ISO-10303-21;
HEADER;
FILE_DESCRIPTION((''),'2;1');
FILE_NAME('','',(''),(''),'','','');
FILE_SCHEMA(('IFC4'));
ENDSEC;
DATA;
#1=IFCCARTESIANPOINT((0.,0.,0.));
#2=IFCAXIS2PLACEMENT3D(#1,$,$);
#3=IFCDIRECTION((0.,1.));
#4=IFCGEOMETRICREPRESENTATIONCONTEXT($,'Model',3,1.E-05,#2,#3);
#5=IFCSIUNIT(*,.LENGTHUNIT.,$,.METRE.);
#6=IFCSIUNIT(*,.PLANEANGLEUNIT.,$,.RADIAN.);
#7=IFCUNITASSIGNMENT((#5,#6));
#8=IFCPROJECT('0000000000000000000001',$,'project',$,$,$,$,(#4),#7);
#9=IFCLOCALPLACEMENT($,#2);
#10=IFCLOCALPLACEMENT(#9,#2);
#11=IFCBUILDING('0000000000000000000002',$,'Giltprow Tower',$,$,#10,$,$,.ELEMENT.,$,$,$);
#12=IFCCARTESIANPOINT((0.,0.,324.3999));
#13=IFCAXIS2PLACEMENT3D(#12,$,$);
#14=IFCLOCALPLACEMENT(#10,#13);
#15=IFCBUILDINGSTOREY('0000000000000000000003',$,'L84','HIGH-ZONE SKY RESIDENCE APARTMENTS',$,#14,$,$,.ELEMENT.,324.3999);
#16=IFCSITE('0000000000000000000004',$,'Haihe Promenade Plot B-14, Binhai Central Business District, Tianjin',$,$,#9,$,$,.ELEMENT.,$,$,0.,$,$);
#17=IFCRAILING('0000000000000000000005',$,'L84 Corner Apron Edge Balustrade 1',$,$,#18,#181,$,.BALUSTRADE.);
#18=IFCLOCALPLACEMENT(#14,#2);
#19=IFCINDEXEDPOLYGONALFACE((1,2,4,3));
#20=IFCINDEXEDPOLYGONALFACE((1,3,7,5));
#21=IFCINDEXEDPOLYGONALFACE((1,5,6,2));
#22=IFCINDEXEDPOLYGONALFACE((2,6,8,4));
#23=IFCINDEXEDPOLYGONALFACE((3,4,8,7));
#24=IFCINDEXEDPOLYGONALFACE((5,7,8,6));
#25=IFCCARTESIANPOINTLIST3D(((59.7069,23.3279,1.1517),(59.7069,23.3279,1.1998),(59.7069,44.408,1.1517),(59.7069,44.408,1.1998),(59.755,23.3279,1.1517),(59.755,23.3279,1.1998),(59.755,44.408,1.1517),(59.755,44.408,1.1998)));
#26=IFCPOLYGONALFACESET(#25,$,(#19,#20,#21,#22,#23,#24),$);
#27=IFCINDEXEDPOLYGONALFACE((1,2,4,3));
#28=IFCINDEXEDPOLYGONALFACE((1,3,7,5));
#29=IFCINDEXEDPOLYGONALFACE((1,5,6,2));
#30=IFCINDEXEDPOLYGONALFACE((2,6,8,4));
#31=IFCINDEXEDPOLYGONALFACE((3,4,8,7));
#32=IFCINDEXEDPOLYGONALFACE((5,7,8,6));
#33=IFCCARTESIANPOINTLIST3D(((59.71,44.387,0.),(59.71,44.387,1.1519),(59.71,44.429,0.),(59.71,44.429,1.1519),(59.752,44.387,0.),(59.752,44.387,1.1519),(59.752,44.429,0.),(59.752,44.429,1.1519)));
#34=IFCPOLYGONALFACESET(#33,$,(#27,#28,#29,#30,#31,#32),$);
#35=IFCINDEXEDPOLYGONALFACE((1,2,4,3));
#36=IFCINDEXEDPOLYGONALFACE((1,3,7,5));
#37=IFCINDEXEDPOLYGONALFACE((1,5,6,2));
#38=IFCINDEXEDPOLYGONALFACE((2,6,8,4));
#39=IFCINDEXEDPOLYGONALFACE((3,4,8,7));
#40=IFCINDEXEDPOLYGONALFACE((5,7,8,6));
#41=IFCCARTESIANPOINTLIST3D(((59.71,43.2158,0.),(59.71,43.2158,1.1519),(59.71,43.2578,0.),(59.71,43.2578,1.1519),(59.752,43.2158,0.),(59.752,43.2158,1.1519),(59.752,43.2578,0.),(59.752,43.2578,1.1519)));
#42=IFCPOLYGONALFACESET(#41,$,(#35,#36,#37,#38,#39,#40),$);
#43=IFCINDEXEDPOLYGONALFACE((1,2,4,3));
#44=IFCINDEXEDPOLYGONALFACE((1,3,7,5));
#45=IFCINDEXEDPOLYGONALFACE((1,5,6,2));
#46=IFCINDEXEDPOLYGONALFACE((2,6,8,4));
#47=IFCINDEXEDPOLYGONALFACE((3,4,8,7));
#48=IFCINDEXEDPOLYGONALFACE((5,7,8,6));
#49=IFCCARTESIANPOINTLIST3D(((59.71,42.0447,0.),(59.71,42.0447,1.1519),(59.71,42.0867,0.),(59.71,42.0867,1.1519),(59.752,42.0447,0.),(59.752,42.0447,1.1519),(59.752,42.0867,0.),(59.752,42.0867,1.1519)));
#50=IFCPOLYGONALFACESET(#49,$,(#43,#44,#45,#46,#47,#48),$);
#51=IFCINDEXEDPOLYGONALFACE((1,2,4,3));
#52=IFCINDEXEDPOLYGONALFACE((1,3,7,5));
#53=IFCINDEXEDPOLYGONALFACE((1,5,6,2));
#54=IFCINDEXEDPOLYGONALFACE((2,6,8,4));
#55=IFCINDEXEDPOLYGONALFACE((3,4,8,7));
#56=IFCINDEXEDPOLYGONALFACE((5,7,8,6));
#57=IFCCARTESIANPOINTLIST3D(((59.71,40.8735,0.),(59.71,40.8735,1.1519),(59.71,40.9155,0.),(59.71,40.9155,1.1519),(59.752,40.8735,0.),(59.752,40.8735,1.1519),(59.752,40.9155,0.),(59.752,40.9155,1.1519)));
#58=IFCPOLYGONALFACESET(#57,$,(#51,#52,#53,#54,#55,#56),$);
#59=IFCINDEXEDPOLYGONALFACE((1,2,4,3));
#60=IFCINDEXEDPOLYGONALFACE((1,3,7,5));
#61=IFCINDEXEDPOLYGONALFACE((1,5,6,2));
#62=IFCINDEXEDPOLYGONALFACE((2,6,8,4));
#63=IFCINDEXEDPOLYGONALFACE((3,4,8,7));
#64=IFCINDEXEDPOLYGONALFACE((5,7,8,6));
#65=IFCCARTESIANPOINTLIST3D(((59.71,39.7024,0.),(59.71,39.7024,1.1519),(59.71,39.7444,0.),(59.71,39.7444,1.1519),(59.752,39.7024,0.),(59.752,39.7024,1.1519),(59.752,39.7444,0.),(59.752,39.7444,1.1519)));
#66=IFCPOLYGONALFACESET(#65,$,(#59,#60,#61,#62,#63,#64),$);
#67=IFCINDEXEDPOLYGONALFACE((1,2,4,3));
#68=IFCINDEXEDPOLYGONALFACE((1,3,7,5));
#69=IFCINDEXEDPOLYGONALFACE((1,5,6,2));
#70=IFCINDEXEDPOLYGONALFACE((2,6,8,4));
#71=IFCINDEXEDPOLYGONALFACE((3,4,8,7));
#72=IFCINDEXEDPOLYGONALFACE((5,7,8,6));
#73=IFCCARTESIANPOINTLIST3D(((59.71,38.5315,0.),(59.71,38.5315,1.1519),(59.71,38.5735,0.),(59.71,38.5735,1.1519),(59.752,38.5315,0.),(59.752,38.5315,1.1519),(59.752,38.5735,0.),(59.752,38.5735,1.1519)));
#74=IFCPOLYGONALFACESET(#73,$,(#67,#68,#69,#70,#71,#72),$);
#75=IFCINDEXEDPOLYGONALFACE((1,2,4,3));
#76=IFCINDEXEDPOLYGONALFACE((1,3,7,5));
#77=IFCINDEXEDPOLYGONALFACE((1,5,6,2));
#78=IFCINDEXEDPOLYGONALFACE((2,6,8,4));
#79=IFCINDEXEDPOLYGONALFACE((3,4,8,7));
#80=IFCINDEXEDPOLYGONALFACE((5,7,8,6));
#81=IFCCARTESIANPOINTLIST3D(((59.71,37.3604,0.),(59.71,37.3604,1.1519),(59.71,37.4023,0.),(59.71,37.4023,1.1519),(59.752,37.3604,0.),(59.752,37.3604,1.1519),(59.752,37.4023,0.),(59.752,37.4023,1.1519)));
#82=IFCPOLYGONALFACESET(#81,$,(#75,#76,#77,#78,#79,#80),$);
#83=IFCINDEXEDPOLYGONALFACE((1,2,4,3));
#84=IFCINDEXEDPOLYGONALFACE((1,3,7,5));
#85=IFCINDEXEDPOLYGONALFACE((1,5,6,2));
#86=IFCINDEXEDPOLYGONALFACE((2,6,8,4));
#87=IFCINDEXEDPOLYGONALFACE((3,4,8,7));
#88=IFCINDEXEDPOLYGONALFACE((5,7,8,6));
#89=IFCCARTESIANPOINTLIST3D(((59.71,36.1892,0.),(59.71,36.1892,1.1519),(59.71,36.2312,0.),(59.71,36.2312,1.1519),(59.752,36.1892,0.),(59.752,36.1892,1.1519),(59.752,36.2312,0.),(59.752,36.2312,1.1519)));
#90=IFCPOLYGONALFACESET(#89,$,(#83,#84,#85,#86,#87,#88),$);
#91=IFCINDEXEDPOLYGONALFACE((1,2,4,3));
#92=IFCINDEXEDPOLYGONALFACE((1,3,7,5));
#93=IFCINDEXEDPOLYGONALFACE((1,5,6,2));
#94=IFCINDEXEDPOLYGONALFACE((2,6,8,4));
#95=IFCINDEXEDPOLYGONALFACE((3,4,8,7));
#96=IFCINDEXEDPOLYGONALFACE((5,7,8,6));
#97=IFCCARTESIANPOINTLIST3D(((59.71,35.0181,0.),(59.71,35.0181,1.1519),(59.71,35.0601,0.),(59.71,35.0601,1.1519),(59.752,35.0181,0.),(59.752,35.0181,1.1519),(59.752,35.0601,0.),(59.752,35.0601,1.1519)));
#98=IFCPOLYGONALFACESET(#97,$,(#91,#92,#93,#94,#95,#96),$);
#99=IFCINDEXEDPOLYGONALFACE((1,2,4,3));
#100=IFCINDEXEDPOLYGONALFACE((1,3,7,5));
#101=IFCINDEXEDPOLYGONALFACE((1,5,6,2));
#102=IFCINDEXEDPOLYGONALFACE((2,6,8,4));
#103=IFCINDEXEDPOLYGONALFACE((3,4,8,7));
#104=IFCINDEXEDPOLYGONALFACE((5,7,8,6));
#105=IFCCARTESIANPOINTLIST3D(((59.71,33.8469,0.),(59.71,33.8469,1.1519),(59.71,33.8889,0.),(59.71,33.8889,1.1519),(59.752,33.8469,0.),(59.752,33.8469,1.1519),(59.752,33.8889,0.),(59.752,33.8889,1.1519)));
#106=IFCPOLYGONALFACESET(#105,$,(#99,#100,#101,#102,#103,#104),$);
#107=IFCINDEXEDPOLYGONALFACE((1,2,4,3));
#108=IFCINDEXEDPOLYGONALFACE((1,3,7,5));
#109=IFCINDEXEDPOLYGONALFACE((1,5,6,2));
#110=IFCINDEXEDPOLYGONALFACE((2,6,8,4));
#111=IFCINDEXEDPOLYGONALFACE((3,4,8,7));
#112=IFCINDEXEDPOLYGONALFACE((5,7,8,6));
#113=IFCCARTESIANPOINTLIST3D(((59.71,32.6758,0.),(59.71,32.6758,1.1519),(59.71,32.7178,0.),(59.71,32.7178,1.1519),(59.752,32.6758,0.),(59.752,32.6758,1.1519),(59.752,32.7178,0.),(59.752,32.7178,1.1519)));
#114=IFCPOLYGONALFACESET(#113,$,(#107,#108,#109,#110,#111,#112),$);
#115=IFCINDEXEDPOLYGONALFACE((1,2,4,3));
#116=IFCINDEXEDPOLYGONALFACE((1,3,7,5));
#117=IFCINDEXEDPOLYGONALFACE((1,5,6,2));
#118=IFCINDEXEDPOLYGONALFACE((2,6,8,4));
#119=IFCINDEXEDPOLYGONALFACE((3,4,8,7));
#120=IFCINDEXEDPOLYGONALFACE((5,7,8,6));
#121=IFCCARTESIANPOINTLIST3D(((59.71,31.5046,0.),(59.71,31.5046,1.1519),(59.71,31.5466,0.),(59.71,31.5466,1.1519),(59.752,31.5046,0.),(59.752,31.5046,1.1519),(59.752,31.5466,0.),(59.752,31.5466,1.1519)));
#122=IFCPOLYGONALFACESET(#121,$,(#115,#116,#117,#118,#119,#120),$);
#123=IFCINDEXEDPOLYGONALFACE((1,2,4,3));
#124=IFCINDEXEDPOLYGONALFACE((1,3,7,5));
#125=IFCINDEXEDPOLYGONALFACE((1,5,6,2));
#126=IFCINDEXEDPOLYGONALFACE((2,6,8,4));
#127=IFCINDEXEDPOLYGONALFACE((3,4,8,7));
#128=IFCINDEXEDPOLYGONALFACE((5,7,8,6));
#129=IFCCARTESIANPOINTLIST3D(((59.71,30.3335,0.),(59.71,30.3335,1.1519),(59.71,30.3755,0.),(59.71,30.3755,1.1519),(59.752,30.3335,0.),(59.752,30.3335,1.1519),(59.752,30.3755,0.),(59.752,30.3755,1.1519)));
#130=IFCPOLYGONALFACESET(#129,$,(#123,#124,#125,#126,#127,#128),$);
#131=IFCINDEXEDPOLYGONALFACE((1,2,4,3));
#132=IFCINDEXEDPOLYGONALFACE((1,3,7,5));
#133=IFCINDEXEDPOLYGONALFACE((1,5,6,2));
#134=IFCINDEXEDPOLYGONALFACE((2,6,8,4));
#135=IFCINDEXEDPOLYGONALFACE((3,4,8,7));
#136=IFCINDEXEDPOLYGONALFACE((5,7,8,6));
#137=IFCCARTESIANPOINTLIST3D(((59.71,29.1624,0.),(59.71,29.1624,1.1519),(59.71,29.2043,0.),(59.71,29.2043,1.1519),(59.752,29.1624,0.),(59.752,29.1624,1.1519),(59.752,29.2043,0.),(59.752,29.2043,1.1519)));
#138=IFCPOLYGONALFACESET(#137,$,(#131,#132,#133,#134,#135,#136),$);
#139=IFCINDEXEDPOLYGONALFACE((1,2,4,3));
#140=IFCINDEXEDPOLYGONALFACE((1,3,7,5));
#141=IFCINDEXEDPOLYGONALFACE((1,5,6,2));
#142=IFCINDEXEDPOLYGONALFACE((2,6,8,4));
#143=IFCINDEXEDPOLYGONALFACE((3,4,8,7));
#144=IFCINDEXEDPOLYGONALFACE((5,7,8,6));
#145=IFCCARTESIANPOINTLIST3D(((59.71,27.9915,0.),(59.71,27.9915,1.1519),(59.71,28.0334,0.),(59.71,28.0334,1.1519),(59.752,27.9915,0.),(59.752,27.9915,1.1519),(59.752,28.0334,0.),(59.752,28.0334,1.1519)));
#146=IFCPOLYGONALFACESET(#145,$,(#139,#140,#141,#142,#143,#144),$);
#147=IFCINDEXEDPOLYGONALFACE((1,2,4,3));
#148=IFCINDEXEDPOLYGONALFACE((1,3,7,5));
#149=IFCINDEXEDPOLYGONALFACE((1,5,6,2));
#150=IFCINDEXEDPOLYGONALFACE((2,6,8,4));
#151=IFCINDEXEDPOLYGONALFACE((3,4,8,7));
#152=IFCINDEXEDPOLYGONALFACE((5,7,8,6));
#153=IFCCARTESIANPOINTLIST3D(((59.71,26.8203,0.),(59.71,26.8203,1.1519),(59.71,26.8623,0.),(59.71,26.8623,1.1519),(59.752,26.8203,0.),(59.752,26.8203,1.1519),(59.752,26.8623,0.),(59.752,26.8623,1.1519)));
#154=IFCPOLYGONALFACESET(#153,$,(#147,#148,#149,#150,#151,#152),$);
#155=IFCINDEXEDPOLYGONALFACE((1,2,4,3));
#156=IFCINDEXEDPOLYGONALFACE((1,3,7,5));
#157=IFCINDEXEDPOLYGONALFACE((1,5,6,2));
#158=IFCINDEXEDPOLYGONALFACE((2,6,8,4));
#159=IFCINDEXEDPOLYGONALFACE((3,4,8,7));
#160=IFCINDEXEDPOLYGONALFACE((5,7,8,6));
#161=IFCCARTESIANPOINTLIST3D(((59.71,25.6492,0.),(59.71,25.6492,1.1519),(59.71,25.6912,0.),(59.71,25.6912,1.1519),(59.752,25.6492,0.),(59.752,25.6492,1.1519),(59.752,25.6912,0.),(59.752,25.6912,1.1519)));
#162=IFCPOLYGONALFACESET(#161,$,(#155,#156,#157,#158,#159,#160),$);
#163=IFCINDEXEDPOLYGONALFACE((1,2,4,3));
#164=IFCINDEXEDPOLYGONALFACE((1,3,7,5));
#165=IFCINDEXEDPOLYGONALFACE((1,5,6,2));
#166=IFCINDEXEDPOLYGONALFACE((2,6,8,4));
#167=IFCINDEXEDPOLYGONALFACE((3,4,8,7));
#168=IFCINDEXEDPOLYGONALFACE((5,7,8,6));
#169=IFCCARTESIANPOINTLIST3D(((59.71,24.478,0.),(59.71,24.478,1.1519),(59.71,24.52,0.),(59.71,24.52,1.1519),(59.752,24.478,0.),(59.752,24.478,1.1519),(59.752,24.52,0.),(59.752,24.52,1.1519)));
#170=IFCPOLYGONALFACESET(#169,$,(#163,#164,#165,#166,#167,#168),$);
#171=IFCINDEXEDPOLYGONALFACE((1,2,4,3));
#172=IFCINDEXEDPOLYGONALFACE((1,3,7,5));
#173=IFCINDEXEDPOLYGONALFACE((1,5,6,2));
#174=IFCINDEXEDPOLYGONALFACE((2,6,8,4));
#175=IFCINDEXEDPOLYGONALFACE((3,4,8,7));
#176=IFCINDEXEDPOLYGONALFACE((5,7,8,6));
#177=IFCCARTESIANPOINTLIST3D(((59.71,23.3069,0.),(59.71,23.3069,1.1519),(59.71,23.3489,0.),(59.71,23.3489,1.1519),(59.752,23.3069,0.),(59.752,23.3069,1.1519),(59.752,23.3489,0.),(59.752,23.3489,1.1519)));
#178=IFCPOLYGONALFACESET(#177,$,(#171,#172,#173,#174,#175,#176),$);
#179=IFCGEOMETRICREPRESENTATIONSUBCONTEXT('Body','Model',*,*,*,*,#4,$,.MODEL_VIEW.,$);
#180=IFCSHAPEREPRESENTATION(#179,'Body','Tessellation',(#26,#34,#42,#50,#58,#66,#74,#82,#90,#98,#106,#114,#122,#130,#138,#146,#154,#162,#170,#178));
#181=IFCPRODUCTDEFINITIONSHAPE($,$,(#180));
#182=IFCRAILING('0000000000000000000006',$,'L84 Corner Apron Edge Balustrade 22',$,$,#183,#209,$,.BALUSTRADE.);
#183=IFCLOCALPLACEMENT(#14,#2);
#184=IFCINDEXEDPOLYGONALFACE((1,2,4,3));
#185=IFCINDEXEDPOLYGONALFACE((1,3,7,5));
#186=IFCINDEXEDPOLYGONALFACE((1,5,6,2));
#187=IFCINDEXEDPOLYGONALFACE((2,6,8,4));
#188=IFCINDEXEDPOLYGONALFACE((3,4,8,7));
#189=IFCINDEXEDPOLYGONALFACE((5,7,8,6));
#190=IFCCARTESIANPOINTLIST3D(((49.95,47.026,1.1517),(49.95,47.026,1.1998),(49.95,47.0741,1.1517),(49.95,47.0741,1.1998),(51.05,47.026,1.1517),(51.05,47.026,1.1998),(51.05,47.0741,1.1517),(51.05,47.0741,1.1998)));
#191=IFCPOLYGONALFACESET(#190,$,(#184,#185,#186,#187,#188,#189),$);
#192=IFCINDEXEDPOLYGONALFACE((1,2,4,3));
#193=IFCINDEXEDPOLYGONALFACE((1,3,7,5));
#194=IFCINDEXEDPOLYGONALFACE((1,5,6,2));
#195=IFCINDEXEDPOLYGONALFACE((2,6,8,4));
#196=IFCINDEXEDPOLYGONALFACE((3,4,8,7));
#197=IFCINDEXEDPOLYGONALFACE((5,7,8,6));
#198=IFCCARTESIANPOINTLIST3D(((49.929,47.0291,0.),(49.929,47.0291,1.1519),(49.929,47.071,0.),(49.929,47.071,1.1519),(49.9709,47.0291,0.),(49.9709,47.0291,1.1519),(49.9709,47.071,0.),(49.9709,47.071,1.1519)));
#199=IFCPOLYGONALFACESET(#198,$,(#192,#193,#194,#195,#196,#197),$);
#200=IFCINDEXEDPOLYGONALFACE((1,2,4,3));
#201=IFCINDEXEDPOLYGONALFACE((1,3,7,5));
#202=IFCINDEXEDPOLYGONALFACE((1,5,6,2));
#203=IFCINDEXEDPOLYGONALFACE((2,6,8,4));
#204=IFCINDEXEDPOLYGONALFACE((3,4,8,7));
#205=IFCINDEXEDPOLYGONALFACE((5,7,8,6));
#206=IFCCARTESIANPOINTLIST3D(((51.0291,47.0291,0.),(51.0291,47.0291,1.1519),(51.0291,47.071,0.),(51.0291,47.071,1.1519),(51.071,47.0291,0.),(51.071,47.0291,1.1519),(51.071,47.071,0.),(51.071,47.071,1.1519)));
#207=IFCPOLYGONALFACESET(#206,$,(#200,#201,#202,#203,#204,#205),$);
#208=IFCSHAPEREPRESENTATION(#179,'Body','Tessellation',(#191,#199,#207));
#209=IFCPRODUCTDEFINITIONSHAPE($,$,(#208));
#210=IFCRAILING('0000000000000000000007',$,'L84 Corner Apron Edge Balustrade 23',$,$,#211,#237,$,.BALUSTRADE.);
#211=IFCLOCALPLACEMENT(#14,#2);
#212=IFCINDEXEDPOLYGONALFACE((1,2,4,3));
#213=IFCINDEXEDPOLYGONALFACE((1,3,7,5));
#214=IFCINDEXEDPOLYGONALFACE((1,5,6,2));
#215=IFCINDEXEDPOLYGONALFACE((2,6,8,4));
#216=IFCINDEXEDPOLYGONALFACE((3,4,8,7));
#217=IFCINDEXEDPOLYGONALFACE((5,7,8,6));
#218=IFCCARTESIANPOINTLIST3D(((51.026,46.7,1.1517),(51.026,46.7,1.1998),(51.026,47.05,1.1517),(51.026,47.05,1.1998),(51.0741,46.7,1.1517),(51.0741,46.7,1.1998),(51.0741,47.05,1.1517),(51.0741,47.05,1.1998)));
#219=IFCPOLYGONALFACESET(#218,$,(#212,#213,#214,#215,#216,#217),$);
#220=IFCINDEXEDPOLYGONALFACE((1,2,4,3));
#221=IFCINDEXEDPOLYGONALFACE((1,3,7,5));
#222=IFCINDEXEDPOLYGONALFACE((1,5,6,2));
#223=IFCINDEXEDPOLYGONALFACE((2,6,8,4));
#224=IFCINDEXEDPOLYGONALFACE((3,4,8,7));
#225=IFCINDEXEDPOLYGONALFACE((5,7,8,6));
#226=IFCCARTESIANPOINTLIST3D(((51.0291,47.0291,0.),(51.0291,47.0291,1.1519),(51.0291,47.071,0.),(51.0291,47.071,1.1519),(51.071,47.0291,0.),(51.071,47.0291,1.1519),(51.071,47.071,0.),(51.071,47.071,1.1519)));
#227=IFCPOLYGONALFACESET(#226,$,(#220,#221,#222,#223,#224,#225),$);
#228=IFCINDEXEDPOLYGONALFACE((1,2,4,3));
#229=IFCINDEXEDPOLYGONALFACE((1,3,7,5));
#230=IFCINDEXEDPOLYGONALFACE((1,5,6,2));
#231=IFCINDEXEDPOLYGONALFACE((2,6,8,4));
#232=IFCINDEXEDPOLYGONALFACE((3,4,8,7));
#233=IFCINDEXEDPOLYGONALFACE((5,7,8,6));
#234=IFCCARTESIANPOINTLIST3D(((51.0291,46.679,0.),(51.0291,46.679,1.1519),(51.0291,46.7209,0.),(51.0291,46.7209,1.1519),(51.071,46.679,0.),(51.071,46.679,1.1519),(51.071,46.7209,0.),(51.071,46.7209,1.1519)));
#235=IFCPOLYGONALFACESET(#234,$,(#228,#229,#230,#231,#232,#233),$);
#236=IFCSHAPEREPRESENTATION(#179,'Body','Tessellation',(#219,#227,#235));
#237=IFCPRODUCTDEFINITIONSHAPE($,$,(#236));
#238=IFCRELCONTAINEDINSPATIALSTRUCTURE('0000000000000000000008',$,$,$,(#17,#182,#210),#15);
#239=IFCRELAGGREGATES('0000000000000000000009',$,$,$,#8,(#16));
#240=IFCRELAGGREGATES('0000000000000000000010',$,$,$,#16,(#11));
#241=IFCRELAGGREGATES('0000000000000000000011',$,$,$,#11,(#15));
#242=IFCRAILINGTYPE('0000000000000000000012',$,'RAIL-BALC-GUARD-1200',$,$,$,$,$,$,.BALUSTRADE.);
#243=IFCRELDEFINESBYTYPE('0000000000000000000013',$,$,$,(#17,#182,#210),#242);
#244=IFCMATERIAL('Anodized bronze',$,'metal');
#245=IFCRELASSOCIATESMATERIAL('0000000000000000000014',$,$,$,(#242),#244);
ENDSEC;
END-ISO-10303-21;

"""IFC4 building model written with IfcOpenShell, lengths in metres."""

from ifc_helpers import new_model, si_unit, direction, frame, origin, origin_2d, place, context, subcontext, project, spatial, rectangle, extrude, material, type_object, element, save


model = new_model("IFC4")

# Units and contexts
model_context = context("Model", 3, precision=1e-05, world=origin(), true_north=direction((0.0, 1.0)))
body_context = subcontext(model_context, "Body", "Model", "MODEL_VIEW")
ifc_project = project(units=[si_unit("LENGTHUNIT", "METRE"), si_unit("PLANEANGLEUNIT", "RADIAN")], contexts=[model_context])

# Site, building, storey
site_placement = place(None, origin())
site = spatial("IfcSite", under=ifc_project, at=site_placement, Name="Haihe Promenade Plot B-14, Binhai Central Business District, Tianjin", CompositionType="ELEMENT", RefElevation=0.0)
building_placement = place(site_placement, origin())
building = spatial("IfcBuilding", under=site, at=building_placement, Name="Giltprow Tower", CompositionType="ELEMENT")
storey_placement = place(building_placement, frame((0.0, 0.0, 324.3999)))
storey = spatial("IfcBuildingStorey", under=building, at=storey_placement, Name="L84", Description="HIGH-ZONE SKY RESIDENCE APARTMENTS", CompositionType="ELEMENT", Elevation=324.3999)

# Railings
ifc_material_1 = material(Name="Anodized bronze", Category="metal")
railing_type = type_object("IfcRailingType", Name="RAIL-BALC-GUARD-1200", PredefinedType="BALUSTRADE", material=ifc_material_1)
railing_1_placement = place(storey_placement, frame((59.731, 44.408, 0.0)))
element("IfcRailing", 1, at=railing_1_placement, inside=storey, type_object=railing_type, Name="L84 Corner Apron Edge Balustrade 1", PredefinedType="BALUSTRADE", context=body_context, shape_type="SweptSolid", body=[
    extrude(rectangle(XDim=0.0481, YDim=0.0481, at=origin_2d()), frame((0.0, 0.0, 1.1758), z_axis=(0.0, -1.0, 0.0), x_axis=(1.0, 0.0, 0.0)), (0.0, 0.0, 1.0), 21.0801),
    extrude(rectangle(XDim=0.042, YDim=0.042, at=origin_2d()), origin(), (0.0, 0.0, 1.0), 1.1519),
    extrude(rectangle(XDim=0.042, YDim=0.042, at=origin_2d()), frame((0.0, -1.1711, 0.0)), (0.0, 0.0, 1.0), 1.1519),
    extrude(rectangle(XDim=0.042, YDim=0.042, at=origin_2d()), frame((0.0, -2.3423, 0.0)), (0.0, 0.0, 1.0), 1.1519),
    extrude(rectangle(XDim=0.042, YDim=0.042, at=origin_2d()), frame((0.0, -3.5134, 0.0)), (0.0, 0.0, 1.0), 1.1519),
    extrude(rectangle(XDim=0.042, YDim=0.042, at=origin_2d()), frame((0.0, -4.6846, 0.0)), (0.0, 0.0, 1.0), 1.1519),
    extrude(rectangle(XDim=0.042, YDim=0.042, at=origin_2d()), frame((0.0, -5.8555, 0.0)), (0.0, 0.0, 1.0), 1.1519),
    extrude(rectangle(XDim=0.042, YDim=0.042, at=origin_2d()), frame((0.0, -7.0266, 0.0)), (0.0, 0.0, 1.0), 1.1519),
    extrude(rectangle(XDim=0.042, YDim=0.042, at=origin_2d()), frame((0.0, -8.1978, 0.0)), (0.0, 0.0, 1.0), 1.1519),
    extrude(rectangle(XDim=0.042, YDim=0.042, at=origin_2d()), frame((0.0, -9.3689, 0.0)), (0.0, 0.0, 1.0), 1.1519),
    extrude(rectangle(XDim=0.042, YDim=0.042, at=origin_2d()), frame((0.0, -10.54, 0.0)), (0.0, 0.0, 1.0), 1.1519),
    extrude(rectangle(XDim=0.042, YDim=0.042, at=origin_2d()), frame((0.0, -11.7112, 0.0)), (0.0, 0.0, 1.0), 1.1519),
    extrude(rectangle(XDim=0.042, YDim=0.042, at=origin_2d()), frame((0.0, -12.8823, 0.0)), (0.0, 0.0, 1.0), 1.1519),
    extrude(rectangle(XDim=0.042, YDim=0.042, at=origin_2d()), frame((0.0, -14.0535, 0.0)), (0.0, 0.0, 1.0), 1.1519),
    extrude(rectangle(XDim=0.042, YDim=0.042, at=origin_2d()), frame((0.0, -15.2246, 0.0)), (0.0, 0.0, 1.0), 1.1519),
    extrude(rectangle(XDim=0.042, YDim=0.042, at=origin_2d()), frame((0.0, -16.3955, 0.0)), (0.0, 0.0, 1.0), 1.1519),
    extrude(rectangle(XDim=0.042, YDim=0.042, at=origin_2d()), frame((0.0, -17.5667, 0.0)), (0.0, 0.0, 1.0), 1.1519),
    extrude(rectangle(XDim=0.042, YDim=0.042, at=origin_2d()), frame((0.0, -18.7378, 0.0)), (0.0, 0.0, 1.0), 1.1519),
    extrude(rectangle(XDim=0.042, YDim=0.042, at=origin_2d()), frame((0.0, -19.9089, 0.0)), (0.0, 0.0, 1.0), 1.1519),
    extrude(rectangle(XDim=0.042, YDim=0.042, at=origin_2d()), frame((0.0, -21.0801, 0.0)), (0.0, 0.0, 1.0), 1.1519),
])
railing_2_placement = place(storey_placement, frame((49.95, 47.05, 0.0)))
element("IfcRailing", 2, at=railing_2_placement, inside=storey, type_object=railing_type, Name="L84 Corner Apron Edge Balustrade 22", PredefinedType="BALUSTRADE", context=body_context, shape_type="SweptSolid", body=[
    extrude(rectangle(XDim=0.0481, YDim=0.0481, at=origin_2d()), frame((0.0, 0.0, 1.1758), z_axis=(1.0, 0.0, 0.0), x_axis=(0.0, 1.0, 0.0)), (0.0, 0.0, 1.0), 1.1001),
    extrude(rectangle(XDim=0.042, YDim=0.042, at=origin_2d()), origin(), (0.0, 0.0, 1.0), 1.1519),
    extrude(rectangle(XDim=0.042, YDim=0.042, at=origin_2d()), frame((1.1001, 0.0, 0.0)), (0.0, 0.0, 1.0), 1.1519),
])
railing_3_placement = place(storey_placement, frame((51.05, 47.05, 0.0)))
element("IfcRailing", 3, at=railing_3_placement, inside=storey, type_object=railing_type, Name="L84 Corner Apron Edge Balustrade 23", PredefinedType="BALUSTRADE", context=body_context, shape_type="SweptSolid", body=[
    extrude(rectangle(XDim=0.0481, YDim=0.0481, at=origin_2d()), frame((0.0, 0.0, 1.1758), z_axis=(0.0, -1.0, 0.0), x_axis=(1.0, 0.0, 0.0)), (0.0, 0.0, 1.0), 0.3501),
    extrude(rectangle(XDim=0.042, YDim=0.042, at=origin_2d()), origin(), (0.0, 0.0, 1.0), 1.1519),
    extrude(rectangle(XDim=0.042, YDim=0.042, at=origin_2d()), frame((0.0, -0.3501, 0.0)), (0.0, 0.0, 1.0), 1.1519),
])

save(model, "model.ifc")
